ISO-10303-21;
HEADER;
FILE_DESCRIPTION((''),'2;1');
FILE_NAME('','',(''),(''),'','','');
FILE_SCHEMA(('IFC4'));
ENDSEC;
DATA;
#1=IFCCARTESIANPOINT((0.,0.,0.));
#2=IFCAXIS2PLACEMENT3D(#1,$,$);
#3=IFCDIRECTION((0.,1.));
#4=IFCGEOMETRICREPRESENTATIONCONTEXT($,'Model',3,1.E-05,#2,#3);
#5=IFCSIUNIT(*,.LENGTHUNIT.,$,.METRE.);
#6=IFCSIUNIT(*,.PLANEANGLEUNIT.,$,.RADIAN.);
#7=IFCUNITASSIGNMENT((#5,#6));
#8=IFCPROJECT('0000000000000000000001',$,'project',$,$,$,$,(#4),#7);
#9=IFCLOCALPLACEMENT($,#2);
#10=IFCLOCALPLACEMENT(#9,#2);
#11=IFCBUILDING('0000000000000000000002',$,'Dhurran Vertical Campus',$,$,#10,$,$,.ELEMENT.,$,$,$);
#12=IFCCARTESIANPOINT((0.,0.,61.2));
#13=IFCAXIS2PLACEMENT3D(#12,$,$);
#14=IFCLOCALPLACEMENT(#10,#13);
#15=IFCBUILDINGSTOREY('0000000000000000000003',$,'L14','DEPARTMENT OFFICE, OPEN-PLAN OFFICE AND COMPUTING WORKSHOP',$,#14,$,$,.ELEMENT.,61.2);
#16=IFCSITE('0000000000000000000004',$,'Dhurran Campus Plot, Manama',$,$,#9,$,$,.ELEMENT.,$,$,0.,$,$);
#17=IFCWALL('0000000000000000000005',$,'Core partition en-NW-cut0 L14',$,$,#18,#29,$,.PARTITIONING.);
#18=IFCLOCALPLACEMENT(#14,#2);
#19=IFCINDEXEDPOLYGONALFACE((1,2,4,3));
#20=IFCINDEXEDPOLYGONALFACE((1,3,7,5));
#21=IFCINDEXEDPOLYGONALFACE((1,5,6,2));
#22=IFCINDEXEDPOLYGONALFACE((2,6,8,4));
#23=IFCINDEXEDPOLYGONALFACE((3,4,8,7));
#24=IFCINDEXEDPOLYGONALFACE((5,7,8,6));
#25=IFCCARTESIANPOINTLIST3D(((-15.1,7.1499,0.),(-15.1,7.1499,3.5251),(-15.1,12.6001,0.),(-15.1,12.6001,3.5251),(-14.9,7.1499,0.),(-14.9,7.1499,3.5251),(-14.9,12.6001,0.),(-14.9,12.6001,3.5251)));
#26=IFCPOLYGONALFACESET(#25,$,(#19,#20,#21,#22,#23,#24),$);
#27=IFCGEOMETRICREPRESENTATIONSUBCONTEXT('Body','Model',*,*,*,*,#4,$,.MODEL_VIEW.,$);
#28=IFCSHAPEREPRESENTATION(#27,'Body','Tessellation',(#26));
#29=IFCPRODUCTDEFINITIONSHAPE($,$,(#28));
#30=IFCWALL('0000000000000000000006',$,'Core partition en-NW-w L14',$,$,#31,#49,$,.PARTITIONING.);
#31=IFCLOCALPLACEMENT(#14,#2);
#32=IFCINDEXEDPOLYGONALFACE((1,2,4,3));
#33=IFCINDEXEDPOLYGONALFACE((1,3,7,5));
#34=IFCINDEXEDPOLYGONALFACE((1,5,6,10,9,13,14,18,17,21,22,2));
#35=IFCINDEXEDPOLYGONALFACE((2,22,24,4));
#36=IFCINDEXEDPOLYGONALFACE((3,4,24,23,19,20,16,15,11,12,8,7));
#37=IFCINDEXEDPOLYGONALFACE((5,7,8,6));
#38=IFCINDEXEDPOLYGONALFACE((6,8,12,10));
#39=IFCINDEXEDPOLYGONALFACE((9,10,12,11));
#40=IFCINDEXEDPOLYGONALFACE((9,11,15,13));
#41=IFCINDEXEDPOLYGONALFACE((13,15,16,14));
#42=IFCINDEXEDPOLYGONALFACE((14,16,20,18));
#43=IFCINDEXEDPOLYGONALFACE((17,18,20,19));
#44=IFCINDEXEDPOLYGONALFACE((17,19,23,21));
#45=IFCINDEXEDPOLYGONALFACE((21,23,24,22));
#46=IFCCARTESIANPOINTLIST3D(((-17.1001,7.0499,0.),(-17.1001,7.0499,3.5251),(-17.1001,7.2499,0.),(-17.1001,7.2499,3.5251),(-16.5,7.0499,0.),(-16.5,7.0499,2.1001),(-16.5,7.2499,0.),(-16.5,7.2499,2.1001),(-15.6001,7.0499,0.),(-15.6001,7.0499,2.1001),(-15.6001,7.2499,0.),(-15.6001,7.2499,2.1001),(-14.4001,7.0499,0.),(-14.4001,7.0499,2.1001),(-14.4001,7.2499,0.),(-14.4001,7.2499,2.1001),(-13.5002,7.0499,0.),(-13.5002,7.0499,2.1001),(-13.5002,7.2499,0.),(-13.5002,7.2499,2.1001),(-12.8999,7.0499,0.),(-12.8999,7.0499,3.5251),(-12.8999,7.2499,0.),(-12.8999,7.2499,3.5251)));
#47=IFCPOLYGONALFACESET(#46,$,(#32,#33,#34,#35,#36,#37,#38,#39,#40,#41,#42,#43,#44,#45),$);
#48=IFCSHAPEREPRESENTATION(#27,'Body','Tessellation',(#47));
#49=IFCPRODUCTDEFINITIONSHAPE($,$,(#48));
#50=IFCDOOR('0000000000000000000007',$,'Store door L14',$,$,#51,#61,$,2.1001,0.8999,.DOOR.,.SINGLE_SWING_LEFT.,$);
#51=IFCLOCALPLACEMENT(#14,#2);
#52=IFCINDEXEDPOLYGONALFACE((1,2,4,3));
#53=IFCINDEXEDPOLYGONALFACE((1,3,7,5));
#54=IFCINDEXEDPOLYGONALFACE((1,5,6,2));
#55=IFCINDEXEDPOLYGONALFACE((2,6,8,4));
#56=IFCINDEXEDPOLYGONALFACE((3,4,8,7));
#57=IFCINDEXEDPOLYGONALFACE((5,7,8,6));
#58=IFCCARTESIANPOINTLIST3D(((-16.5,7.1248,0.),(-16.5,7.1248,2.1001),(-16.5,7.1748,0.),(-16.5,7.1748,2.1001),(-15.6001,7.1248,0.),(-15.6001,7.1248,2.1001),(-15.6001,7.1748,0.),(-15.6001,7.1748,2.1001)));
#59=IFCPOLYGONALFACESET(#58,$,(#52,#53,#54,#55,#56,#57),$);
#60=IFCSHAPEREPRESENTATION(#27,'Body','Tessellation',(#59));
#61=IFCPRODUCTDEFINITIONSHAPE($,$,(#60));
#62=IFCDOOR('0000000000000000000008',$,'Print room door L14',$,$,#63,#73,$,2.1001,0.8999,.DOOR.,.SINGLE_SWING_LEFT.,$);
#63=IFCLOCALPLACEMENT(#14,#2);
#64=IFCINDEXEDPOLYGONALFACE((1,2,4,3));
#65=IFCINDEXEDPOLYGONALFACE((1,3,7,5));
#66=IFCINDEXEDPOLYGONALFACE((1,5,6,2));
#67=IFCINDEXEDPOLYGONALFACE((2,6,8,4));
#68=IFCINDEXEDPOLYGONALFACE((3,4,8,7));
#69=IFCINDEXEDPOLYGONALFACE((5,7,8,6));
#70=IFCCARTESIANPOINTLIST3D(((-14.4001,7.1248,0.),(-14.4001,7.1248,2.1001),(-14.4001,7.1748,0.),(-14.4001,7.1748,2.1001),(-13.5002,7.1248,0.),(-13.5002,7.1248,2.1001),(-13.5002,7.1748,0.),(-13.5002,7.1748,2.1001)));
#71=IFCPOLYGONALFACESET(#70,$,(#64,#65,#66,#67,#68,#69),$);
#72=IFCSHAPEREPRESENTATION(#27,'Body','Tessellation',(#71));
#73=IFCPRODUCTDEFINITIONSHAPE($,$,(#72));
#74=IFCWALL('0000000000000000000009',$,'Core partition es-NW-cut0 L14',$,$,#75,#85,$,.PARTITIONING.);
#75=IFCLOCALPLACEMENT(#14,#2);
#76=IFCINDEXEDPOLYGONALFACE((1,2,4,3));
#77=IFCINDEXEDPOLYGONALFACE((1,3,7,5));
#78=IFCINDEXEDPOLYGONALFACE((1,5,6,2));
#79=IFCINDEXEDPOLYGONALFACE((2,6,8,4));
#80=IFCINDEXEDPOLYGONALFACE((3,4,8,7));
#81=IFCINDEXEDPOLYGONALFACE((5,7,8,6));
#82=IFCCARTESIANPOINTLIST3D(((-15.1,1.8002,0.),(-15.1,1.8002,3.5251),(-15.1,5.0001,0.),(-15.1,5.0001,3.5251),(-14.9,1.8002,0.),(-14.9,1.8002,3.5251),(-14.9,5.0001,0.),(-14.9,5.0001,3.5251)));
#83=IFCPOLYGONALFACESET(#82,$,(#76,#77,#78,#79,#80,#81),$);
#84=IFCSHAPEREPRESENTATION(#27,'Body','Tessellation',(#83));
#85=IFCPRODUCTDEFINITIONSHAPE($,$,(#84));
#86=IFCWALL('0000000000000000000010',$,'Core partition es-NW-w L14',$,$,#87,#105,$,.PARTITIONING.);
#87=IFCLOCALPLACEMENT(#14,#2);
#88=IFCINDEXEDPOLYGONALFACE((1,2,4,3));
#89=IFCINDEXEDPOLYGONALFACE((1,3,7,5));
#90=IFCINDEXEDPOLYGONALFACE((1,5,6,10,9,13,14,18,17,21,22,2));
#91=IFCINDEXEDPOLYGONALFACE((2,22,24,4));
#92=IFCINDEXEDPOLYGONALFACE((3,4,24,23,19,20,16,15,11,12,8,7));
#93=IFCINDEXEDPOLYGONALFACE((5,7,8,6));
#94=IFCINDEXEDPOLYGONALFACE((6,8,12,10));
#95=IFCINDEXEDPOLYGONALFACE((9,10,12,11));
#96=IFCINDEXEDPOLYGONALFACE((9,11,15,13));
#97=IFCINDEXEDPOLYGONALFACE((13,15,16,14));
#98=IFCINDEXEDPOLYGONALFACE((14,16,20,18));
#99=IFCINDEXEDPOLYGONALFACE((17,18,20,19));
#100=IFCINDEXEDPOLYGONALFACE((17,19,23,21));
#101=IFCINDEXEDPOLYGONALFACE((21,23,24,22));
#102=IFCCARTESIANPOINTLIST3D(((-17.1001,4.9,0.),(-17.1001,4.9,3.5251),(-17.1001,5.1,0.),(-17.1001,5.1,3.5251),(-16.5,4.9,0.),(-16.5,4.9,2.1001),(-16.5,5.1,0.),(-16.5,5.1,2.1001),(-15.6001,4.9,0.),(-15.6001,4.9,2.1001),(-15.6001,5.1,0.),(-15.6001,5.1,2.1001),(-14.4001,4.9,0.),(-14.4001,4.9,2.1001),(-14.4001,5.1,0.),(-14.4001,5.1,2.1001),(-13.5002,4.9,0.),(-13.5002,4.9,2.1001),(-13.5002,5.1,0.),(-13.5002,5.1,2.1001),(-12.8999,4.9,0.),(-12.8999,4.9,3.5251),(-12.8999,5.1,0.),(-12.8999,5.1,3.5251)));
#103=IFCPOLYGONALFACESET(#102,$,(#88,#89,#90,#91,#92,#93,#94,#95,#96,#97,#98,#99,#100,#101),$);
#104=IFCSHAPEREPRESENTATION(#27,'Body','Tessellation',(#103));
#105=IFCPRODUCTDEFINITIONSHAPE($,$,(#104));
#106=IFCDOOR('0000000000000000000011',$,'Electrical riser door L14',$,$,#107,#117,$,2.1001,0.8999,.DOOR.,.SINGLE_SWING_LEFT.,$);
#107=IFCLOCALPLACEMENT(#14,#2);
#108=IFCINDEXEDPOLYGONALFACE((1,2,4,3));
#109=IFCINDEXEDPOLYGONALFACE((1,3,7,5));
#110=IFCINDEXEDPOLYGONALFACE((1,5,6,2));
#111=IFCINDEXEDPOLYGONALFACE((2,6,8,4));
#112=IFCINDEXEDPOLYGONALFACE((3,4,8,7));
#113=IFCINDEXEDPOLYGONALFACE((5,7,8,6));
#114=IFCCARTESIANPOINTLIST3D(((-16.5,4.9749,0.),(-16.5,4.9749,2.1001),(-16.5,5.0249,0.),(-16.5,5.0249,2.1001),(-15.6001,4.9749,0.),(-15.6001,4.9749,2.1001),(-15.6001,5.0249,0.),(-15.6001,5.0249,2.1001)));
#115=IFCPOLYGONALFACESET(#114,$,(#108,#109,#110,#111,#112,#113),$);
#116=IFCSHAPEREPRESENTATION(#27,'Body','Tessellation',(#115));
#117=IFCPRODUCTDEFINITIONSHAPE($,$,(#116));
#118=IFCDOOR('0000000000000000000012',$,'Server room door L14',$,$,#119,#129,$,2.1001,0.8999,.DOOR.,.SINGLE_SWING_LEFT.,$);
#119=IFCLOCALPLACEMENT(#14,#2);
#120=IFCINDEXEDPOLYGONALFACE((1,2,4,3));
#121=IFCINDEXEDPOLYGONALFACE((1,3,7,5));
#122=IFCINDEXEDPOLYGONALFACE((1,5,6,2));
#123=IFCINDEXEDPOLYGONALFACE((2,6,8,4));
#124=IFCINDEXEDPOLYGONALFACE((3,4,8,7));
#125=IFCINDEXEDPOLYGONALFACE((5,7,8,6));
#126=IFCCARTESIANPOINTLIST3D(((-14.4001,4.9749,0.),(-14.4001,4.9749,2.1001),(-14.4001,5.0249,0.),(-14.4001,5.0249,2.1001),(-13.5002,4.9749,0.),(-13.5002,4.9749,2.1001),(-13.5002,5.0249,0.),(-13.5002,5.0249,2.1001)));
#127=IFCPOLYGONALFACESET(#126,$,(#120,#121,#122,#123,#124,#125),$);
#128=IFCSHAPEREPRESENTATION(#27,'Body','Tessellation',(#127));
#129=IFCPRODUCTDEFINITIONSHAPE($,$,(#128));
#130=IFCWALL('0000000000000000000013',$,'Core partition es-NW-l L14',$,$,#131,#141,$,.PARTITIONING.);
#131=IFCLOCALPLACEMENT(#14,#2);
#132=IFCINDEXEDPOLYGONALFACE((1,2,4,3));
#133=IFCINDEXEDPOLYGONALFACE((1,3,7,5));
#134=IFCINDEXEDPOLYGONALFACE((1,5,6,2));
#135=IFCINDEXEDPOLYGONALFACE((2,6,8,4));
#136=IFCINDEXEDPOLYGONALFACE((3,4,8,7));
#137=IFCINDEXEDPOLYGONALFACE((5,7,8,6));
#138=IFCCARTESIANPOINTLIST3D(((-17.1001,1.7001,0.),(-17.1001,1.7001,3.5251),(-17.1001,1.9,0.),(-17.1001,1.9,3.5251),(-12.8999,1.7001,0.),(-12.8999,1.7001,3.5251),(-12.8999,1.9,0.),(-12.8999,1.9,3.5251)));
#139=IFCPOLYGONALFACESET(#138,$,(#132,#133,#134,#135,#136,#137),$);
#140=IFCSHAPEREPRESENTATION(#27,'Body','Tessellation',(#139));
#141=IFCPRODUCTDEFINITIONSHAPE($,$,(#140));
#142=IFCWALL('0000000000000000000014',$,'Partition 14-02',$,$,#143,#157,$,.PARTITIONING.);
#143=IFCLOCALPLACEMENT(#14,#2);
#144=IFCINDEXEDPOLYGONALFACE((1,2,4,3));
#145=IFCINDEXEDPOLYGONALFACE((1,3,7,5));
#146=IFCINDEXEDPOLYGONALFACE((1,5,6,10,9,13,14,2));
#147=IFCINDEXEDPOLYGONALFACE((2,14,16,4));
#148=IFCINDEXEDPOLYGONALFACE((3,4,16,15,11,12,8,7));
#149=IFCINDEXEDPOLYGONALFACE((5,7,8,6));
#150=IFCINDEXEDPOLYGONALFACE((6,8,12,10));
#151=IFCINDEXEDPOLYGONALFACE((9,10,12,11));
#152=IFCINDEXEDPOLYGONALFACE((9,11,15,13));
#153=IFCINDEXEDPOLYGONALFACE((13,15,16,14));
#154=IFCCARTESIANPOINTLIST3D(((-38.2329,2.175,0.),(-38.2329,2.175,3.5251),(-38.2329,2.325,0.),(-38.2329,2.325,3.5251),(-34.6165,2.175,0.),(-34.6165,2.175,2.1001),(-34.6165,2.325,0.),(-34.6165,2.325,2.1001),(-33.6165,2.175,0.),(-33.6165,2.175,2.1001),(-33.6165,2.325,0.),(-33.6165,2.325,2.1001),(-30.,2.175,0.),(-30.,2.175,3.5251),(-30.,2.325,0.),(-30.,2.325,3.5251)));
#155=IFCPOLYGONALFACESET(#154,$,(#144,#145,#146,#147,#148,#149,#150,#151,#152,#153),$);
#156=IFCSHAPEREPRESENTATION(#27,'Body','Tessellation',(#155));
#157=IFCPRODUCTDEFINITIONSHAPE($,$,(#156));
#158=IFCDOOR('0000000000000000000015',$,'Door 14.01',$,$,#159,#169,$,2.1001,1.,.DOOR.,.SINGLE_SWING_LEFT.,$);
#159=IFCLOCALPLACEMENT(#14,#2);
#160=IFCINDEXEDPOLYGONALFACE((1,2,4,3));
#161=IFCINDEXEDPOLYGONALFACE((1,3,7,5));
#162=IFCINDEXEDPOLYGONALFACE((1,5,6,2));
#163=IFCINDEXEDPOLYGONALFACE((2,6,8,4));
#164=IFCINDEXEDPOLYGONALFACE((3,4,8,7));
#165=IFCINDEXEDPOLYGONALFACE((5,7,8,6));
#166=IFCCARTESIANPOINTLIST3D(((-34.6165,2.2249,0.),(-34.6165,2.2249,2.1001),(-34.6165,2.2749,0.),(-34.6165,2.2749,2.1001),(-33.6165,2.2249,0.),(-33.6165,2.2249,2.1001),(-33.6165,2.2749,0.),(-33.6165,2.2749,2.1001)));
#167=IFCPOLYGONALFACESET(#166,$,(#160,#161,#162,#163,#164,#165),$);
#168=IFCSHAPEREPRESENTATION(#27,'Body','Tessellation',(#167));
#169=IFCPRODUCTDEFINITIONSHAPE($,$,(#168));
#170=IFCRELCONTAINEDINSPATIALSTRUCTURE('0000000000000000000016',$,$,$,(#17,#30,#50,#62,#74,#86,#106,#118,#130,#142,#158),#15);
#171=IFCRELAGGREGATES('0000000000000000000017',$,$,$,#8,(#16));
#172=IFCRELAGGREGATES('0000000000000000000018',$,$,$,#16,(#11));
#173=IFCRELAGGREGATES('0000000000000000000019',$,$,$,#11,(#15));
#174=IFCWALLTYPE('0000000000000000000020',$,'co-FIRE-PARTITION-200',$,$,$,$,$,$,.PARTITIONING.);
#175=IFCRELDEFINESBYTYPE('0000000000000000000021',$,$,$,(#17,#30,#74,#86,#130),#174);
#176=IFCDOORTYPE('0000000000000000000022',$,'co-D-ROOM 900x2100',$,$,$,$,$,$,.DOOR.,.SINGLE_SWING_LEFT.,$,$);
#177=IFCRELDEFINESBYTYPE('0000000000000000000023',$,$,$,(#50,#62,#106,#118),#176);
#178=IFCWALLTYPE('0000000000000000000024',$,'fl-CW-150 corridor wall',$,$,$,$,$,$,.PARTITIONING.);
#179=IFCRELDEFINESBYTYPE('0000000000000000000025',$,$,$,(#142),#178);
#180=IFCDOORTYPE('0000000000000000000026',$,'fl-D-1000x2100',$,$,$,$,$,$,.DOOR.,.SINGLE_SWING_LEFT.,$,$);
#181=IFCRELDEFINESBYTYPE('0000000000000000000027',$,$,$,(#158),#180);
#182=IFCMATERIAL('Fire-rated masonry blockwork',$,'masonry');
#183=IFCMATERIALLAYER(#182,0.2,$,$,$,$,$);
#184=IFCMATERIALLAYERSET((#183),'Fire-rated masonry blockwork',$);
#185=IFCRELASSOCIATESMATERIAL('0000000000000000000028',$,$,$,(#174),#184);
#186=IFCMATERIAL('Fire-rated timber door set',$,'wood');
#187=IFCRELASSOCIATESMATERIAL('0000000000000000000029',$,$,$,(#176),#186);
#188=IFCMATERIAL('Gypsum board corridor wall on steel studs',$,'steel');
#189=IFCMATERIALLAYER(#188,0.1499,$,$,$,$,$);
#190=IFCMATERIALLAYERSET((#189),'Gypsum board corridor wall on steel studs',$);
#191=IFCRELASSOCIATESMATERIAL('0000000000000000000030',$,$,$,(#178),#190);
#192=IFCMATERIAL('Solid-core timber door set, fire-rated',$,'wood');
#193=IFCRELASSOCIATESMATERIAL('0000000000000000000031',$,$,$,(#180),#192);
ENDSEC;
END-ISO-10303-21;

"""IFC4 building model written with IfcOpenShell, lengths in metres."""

from ifc_helpers import new_model, si_unit, direction, frame, frame_2d, origin, place, context, subcontext, project, spatial, rectangle, extrude, material, layer, layer_set, type_object, element, fill, save


model = new_model("IFC4")

# Units and contexts
model_context = context("Model", 3, precision=1e-05, world=origin(), true_north=direction((0.0, 1.0)))
body_context = subcontext(model_context, "Body", "Model", "MODEL_VIEW")
ifc_project = project(units=[si_unit("LENGTHUNIT", "METRE"), si_unit("PLANEANGLEUNIT", "RADIAN")], contexts=[model_context])

# Site, building, storey
site_placement = place(None, origin())
site = spatial("IfcSite", under=ifc_project, at=site_placement, Name="Dhurran Campus Plot, Manama", CompositionType="ELEMENT", RefElevation=0.0)
building_placement = place(site_placement, origin())
building = spatial("IfcBuilding", under=site, at=building_placement, Name="Dhurran Vertical Campus", CompositionType="ELEMENT")
storey_placement = place(building_placement, frame((0.0, 0.0, 61.2)))
storey = spatial("IfcBuildingStorey", under=building, at=storey_placement, Name="L14", Description="DEPARTMENT OFFICE, OPEN-PLAN OFFICE AND COMPUTING WORKSHOP", CompositionType="ELEMENT", Elevation=61.2)

# Wall
ifc_material_1 = material(Name="Fire-rated masonry blockwork", Category="masonry")
ifc_layer_1 = layer(ifc_material_1, 0.2)
ifc_layer_set_1 = layer_set([ifc_layer_1], Name="Fire-rated masonry blockwork")
wall_type_1 = type_object("IfcWallType", Name="co-FIRE-PARTITION-200", PredefinedType="PARTITIONING", material=ifc_layer_set_1)
wall_1_placement = place(storey_placement, frame((-15.0, 7.1499, 0.0), z_axis=(0.0, 0.0, 1.0), x_axis=(0.0, 1.0, 0.0)))
element("IfcWall", 1, at=wall_1_placement, inside=storey, type_object=wall_type_1, Name="Core partition en-NW-cut0 L14", PredefinedType="PARTITIONING", context=body_context, shape_type="SweptSolid", body=[
    extrude(rectangle(XDim=5.4502, YDim=0.2, at=frame_2d((2.7251, 0.0))), origin(), (0.0, 0.0, 1.0), 3.5251),
])

# Wall, openings, doors
wall_2_placement = place(storey_placement, frame((-17.1001, 7.1499, 0.0), z_axis=(0.0, 0.0, 1.0), x_axis=(1.0, 0.0, 0.0)))
wall_2 = element("IfcWall", 2, at=wall_2_placement, inside=storey, type_object=wall_type_1, Name="Core partition en-NW-w L14", PredefinedType="PARTITIONING", context=body_context, shape_type="SweptSolid", body=[
    extrude(rectangle(XDim=4.2002, YDim=0.2, at=frame_2d((2.1001, 0.0))), origin(), (0.0, 0.0, 1.0), 3.5251),
])
opening_1_placement = place(wall_2_placement, frame((0.6001, 0.0, 0.0)))
opening_1 = element("IfcOpeningElement", 3, at=opening_1_placement, cuts=wall_2, PredefinedType="OPENING", context=body_context, shape_type="SweptSolid", body=[
    extrude(rectangle(XDim=0.8999, YDim=2.1001, at=frame_2d((0.45, 1.05))), frame((0.0, 0.1099, 0.0), z_axis=(0.0, -1.0, 0.0), x_axis=(1.0, 0.0, 0.0)), (0.0, 0.0, 1.0), 0.22),
])
opening_2_placement = place(wall_2_placement, frame((2.7, 0.0, 0.0)))
opening_2 = element("IfcOpeningElement", 4, at=opening_2_placement, cuts=wall_2, PredefinedType="OPENING", context=body_context, shape_type="SweptSolid", body=[
    extrude(rectangle(XDim=0.8999, YDim=2.1001, at=frame_2d((0.45, 1.05))), frame((0.0, 0.1099, 0.0), z_axis=(0.0, -1.0, 0.0), x_axis=(1.0, 0.0, 0.0)), (0.0, 0.0, 1.0), 0.22),
])
ifc_material_2 = material(Name="Fire-rated timber door set", Category="wood")
door_type_1 = type_object("IfcDoorType", Name="co-D-ROOM 900x2100", OperationType="SINGLE_SWING_LEFT", PredefinedType="DOOR", material=ifc_material_2)
door_1_placement = place(opening_1_placement, origin())
door_1 = element("IfcDoor", 5, at=door_1_placement, inside=storey, type_object=door_type_1, Name="Store door L14", OperationType="SINGLE_SWING_LEFT", OverallHeight=2.1001, OverallWidth=0.8999, PredefinedType="DOOR", context=body_context, shape_type="SweptSolid", body=[
    extrude(rectangle(XDim=0.8999, YDim=2.1001, at=frame_2d((0.45, 1.05))), frame((0.0, 0.0249, 0.0), z_axis=(0.0, -1.0, 0.0), x_axis=(1.0, 0.0, 0.0)), (0.0, 0.0, 1.0), 0.05),
])
fill(opening_1, door_1)
door_2_placement = place(opening_2_placement, origin())
door_2 = element("IfcDoor", 6, at=door_2_placement, inside=storey, type_object=door_type_1, Name="Print room door L14", OperationType="SINGLE_SWING_LEFT", OverallHeight=2.1001, OverallWidth=0.8999, PredefinedType="DOOR", context=body_context, shape_type="SweptSolid", body=[
    extrude(rectangle(XDim=0.8999, YDim=2.1001, at=frame_2d((0.45, 1.05))), frame((0.0, 0.0249, 0.0), z_axis=(0.0, -1.0, 0.0), x_axis=(1.0, 0.0, 0.0)), (0.0, 0.0, 1.0), 0.05),
])
fill(opening_2, door_2)

# Wall
wall_3_placement = place(storey_placement, frame((-15.0, 1.8, 0.0), z_axis=(0.0, 0.0, 1.0), x_axis=(0.0, 1.0, 0.0)))
element("IfcWall", 7, at=wall_3_placement, inside=storey, type_object=wall_type_1, Name="Core partition es-NW-cut0 L14", PredefinedType="PARTITIONING", context=body_context, shape_type="SweptSolid", body=[
    extrude(rectangle(XDim=3.2, YDim=0.2, at=frame_2d((1.6001, 0.0))), origin(), (0.0, 0.0, 1.0), 3.5251),
])

# Wall, openings, doors
wall_4_placement = place(storey_placement, frame((-17.1001, 5.0, 0.0), z_axis=(0.0, 0.0, 1.0), x_axis=(1.0, 0.0, 0.0)))
wall_4 = element("IfcWall", 8, at=wall_4_placement, inside=storey, type_object=wall_type_1, Name="Core partition es-NW-w L14", PredefinedType="PARTITIONING", context=body_context, shape_type="SweptSolid", body=[
    extrude(rectangle(XDim=4.2002, YDim=0.2, at=frame_2d((2.1001, 0.0))), origin(), (0.0, 0.0, 1.0), 3.5251),
])
opening_3_placement = place(wall_4_placement, frame((0.6001, 0.0, 0.0)))
opening_3 = element("IfcOpeningElement", 9, at=opening_3_placement, cuts=wall_4, PredefinedType="OPENING", context=body_context, shape_type="SweptSolid", body=[
    extrude(rectangle(XDim=0.8999, YDim=2.1001, at=frame_2d((0.45, 1.05))), frame((0.0, 0.1099, 0.0), z_axis=(0.0, -1.0, 0.0), x_axis=(1.0, 0.0, 0.0)), (0.0, 0.0, 1.0), 0.22),
])
opening_4_placement = place(wall_4_placement, frame((2.7, 0.0, 0.0)))
opening_4 = element("IfcOpeningElement", 10, at=opening_4_placement, cuts=wall_4, PredefinedType="OPENING", context=body_context, shape_type="SweptSolid", body=[
    extrude(rectangle(XDim=0.8999, YDim=2.1001, at=frame_2d((0.45, 1.05))), frame((0.0, 0.1099, 0.0), z_axis=(0.0, -1.0, 0.0), x_axis=(1.0, 0.0, 0.0)), (0.0, 0.0, 1.0), 0.22),
])
door_3_placement = place(opening_3_placement, origin())
door_3 = element("IfcDoor", 11, at=door_3_placement, inside=storey, type_object=door_type_1, Name="Electrical riser door L14", OperationType="SINGLE_SWING_LEFT", OverallHeight=2.1001, OverallWidth=0.8999, PredefinedType="DOOR", context=body_context, shape_type="SweptSolid", body=[
    extrude(rectangle(XDim=0.8999, YDim=2.1001, at=frame_2d((0.45, 1.05))), frame((0.0, 0.0249, 0.0), z_axis=(0.0, -1.0, 0.0), x_axis=(1.0, 0.0, 0.0)), (0.0, 0.0, 1.0), 0.05),
])
fill(opening_3, door_3)
door_4_placement = place(opening_4_placement, origin())
door_4 = element("IfcDoor", 12, at=door_4_placement, inside=storey, type_object=door_type_1, Name="Server room door L14", OperationType="SINGLE_SWING_LEFT", OverallHeight=2.1001, OverallWidth=0.8999, PredefinedType="DOOR", context=body_context, shape_type="SweptSolid", body=[
    extrude(rectangle(XDim=0.8999, YDim=2.1001, at=frame_2d((0.45, 1.05))), frame((0.0, 0.0249, 0.0), z_axis=(0.0, -1.0, 0.0), x_axis=(1.0, 0.0, 0.0)), (0.0, 0.0, 1.0), 0.05),
])
fill(opening_4, door_4)

# Wall
wall_5_placement = place(storey_placement, frame((-17.1001, 1.8, 0.0), z_axis=(0.0, 0.0, 1.0), x_axis=(1.0, 0.0, 0.0)))
element("IfcWall", 13, at=wall_5_placement, inside=storey, type_object=wall_type_1, Name="Core partition es-NW-l L14", PredefinedType="PARTITIONING", context=body_context, shape_type="SweptSolid", body=[
    extrude(rectangle(XDim=4.2002, YDim=0.2, at=frame_2d((2.1001, 0.0))), origin(), (0.0, 0.0, 1.0), 3.5251),
])

# Wall, opening, door
ifc_material_3 = material(Name="Gypsum board corridor wall on steel studs", Category="steel")
ifc_layer_2 = layer(ifc_material_3, 0.1499)
ifc_layer_set_2 = layer_set([ifc_layer_2], Name="Gypsum board corridor wall on steel studs")
wall_type_2 = type_object("IfcWallType", Name="fl-CW-150 corridor wall", PredefinedType="PARTITIONING", material=ifc_layer_set_2)
wall_6_placement = place(storey_placement, frame((-38.2329, 2.25, 0.0), z_axis=(0.0, 0.0, 1.0), x_axis=(1.0, 0.0, 0.0)))
wall_6 = element("IfcWall", 14, at=wall_6_placement, inside=storey, type_object=wall_type_2, Name="Partition 14-02", PredefinedType="PARTITIONING", context=body_context, shape_type="SweptSolid", body=[
    extrude(rectangle(XDim=8.2329, YDim=0.1499, at=frame_2d((4.1165, 0.0))), origin(), (0.0, 0.0, 1.0), 3.5251),
])
opening_5_placement = place(wall_6_placement, frame((3.6165, 0.0, 0.0)))
opening_5 = element("IfcOpeningElement", 15, at=opening_5_placement, cuts=wall_6, PredefinedType="OPENING", context=body_context, shape_type="SweptSolid", body=[
    extrude(rectangle(XDim=1.0, YDim=2.1001, at=frame_2d((0.5, 1.05))), frame((0.0, 0.085, 0.0), z_axis=(0.0, -1.0, 0.0), x_axis=(1.0, 0.0, 0.0)), (0.0, 0.0, 1.0), 0.1699),
])
ifc_material_4 = material(Name="Solid-core timber door set, fire-rated", Category="wood")
door_type_2 = type_object("IfcDoorType", Name="fl-D-1000x2100", OperationType="SINGLE_SWING_LEFT", PredefinedType="DOOR", material=ifc_material_4)
door_5_placement = place(opening_5_placement, origin())
door_5 = element("IfcDoor", 16, at=door_5_placement, inside=storey, type_object=door_type_2, Name="Door 14.01", OperationType="SINGLE_SWING_LEFT", OverallHeight=2.1001, OverallWidth=1.0, PredefinedType="DOOR", context=body_context, shape_type="SweptSolid", body=[
    extrude(rectangle(XDim=1.0, YDim=2.1001, at=frame_2d((0.5, 1.05))), frame((0.0, 0.0249, 0.0), z_axis=(0.0, -1.0, 0.0), x_axis=(1.0, 0.0, 0.0)), (0.0, 0.0, 1.0), 0.05),
])
fill(opening_5, door_5)

save(model, "model.ifc")
